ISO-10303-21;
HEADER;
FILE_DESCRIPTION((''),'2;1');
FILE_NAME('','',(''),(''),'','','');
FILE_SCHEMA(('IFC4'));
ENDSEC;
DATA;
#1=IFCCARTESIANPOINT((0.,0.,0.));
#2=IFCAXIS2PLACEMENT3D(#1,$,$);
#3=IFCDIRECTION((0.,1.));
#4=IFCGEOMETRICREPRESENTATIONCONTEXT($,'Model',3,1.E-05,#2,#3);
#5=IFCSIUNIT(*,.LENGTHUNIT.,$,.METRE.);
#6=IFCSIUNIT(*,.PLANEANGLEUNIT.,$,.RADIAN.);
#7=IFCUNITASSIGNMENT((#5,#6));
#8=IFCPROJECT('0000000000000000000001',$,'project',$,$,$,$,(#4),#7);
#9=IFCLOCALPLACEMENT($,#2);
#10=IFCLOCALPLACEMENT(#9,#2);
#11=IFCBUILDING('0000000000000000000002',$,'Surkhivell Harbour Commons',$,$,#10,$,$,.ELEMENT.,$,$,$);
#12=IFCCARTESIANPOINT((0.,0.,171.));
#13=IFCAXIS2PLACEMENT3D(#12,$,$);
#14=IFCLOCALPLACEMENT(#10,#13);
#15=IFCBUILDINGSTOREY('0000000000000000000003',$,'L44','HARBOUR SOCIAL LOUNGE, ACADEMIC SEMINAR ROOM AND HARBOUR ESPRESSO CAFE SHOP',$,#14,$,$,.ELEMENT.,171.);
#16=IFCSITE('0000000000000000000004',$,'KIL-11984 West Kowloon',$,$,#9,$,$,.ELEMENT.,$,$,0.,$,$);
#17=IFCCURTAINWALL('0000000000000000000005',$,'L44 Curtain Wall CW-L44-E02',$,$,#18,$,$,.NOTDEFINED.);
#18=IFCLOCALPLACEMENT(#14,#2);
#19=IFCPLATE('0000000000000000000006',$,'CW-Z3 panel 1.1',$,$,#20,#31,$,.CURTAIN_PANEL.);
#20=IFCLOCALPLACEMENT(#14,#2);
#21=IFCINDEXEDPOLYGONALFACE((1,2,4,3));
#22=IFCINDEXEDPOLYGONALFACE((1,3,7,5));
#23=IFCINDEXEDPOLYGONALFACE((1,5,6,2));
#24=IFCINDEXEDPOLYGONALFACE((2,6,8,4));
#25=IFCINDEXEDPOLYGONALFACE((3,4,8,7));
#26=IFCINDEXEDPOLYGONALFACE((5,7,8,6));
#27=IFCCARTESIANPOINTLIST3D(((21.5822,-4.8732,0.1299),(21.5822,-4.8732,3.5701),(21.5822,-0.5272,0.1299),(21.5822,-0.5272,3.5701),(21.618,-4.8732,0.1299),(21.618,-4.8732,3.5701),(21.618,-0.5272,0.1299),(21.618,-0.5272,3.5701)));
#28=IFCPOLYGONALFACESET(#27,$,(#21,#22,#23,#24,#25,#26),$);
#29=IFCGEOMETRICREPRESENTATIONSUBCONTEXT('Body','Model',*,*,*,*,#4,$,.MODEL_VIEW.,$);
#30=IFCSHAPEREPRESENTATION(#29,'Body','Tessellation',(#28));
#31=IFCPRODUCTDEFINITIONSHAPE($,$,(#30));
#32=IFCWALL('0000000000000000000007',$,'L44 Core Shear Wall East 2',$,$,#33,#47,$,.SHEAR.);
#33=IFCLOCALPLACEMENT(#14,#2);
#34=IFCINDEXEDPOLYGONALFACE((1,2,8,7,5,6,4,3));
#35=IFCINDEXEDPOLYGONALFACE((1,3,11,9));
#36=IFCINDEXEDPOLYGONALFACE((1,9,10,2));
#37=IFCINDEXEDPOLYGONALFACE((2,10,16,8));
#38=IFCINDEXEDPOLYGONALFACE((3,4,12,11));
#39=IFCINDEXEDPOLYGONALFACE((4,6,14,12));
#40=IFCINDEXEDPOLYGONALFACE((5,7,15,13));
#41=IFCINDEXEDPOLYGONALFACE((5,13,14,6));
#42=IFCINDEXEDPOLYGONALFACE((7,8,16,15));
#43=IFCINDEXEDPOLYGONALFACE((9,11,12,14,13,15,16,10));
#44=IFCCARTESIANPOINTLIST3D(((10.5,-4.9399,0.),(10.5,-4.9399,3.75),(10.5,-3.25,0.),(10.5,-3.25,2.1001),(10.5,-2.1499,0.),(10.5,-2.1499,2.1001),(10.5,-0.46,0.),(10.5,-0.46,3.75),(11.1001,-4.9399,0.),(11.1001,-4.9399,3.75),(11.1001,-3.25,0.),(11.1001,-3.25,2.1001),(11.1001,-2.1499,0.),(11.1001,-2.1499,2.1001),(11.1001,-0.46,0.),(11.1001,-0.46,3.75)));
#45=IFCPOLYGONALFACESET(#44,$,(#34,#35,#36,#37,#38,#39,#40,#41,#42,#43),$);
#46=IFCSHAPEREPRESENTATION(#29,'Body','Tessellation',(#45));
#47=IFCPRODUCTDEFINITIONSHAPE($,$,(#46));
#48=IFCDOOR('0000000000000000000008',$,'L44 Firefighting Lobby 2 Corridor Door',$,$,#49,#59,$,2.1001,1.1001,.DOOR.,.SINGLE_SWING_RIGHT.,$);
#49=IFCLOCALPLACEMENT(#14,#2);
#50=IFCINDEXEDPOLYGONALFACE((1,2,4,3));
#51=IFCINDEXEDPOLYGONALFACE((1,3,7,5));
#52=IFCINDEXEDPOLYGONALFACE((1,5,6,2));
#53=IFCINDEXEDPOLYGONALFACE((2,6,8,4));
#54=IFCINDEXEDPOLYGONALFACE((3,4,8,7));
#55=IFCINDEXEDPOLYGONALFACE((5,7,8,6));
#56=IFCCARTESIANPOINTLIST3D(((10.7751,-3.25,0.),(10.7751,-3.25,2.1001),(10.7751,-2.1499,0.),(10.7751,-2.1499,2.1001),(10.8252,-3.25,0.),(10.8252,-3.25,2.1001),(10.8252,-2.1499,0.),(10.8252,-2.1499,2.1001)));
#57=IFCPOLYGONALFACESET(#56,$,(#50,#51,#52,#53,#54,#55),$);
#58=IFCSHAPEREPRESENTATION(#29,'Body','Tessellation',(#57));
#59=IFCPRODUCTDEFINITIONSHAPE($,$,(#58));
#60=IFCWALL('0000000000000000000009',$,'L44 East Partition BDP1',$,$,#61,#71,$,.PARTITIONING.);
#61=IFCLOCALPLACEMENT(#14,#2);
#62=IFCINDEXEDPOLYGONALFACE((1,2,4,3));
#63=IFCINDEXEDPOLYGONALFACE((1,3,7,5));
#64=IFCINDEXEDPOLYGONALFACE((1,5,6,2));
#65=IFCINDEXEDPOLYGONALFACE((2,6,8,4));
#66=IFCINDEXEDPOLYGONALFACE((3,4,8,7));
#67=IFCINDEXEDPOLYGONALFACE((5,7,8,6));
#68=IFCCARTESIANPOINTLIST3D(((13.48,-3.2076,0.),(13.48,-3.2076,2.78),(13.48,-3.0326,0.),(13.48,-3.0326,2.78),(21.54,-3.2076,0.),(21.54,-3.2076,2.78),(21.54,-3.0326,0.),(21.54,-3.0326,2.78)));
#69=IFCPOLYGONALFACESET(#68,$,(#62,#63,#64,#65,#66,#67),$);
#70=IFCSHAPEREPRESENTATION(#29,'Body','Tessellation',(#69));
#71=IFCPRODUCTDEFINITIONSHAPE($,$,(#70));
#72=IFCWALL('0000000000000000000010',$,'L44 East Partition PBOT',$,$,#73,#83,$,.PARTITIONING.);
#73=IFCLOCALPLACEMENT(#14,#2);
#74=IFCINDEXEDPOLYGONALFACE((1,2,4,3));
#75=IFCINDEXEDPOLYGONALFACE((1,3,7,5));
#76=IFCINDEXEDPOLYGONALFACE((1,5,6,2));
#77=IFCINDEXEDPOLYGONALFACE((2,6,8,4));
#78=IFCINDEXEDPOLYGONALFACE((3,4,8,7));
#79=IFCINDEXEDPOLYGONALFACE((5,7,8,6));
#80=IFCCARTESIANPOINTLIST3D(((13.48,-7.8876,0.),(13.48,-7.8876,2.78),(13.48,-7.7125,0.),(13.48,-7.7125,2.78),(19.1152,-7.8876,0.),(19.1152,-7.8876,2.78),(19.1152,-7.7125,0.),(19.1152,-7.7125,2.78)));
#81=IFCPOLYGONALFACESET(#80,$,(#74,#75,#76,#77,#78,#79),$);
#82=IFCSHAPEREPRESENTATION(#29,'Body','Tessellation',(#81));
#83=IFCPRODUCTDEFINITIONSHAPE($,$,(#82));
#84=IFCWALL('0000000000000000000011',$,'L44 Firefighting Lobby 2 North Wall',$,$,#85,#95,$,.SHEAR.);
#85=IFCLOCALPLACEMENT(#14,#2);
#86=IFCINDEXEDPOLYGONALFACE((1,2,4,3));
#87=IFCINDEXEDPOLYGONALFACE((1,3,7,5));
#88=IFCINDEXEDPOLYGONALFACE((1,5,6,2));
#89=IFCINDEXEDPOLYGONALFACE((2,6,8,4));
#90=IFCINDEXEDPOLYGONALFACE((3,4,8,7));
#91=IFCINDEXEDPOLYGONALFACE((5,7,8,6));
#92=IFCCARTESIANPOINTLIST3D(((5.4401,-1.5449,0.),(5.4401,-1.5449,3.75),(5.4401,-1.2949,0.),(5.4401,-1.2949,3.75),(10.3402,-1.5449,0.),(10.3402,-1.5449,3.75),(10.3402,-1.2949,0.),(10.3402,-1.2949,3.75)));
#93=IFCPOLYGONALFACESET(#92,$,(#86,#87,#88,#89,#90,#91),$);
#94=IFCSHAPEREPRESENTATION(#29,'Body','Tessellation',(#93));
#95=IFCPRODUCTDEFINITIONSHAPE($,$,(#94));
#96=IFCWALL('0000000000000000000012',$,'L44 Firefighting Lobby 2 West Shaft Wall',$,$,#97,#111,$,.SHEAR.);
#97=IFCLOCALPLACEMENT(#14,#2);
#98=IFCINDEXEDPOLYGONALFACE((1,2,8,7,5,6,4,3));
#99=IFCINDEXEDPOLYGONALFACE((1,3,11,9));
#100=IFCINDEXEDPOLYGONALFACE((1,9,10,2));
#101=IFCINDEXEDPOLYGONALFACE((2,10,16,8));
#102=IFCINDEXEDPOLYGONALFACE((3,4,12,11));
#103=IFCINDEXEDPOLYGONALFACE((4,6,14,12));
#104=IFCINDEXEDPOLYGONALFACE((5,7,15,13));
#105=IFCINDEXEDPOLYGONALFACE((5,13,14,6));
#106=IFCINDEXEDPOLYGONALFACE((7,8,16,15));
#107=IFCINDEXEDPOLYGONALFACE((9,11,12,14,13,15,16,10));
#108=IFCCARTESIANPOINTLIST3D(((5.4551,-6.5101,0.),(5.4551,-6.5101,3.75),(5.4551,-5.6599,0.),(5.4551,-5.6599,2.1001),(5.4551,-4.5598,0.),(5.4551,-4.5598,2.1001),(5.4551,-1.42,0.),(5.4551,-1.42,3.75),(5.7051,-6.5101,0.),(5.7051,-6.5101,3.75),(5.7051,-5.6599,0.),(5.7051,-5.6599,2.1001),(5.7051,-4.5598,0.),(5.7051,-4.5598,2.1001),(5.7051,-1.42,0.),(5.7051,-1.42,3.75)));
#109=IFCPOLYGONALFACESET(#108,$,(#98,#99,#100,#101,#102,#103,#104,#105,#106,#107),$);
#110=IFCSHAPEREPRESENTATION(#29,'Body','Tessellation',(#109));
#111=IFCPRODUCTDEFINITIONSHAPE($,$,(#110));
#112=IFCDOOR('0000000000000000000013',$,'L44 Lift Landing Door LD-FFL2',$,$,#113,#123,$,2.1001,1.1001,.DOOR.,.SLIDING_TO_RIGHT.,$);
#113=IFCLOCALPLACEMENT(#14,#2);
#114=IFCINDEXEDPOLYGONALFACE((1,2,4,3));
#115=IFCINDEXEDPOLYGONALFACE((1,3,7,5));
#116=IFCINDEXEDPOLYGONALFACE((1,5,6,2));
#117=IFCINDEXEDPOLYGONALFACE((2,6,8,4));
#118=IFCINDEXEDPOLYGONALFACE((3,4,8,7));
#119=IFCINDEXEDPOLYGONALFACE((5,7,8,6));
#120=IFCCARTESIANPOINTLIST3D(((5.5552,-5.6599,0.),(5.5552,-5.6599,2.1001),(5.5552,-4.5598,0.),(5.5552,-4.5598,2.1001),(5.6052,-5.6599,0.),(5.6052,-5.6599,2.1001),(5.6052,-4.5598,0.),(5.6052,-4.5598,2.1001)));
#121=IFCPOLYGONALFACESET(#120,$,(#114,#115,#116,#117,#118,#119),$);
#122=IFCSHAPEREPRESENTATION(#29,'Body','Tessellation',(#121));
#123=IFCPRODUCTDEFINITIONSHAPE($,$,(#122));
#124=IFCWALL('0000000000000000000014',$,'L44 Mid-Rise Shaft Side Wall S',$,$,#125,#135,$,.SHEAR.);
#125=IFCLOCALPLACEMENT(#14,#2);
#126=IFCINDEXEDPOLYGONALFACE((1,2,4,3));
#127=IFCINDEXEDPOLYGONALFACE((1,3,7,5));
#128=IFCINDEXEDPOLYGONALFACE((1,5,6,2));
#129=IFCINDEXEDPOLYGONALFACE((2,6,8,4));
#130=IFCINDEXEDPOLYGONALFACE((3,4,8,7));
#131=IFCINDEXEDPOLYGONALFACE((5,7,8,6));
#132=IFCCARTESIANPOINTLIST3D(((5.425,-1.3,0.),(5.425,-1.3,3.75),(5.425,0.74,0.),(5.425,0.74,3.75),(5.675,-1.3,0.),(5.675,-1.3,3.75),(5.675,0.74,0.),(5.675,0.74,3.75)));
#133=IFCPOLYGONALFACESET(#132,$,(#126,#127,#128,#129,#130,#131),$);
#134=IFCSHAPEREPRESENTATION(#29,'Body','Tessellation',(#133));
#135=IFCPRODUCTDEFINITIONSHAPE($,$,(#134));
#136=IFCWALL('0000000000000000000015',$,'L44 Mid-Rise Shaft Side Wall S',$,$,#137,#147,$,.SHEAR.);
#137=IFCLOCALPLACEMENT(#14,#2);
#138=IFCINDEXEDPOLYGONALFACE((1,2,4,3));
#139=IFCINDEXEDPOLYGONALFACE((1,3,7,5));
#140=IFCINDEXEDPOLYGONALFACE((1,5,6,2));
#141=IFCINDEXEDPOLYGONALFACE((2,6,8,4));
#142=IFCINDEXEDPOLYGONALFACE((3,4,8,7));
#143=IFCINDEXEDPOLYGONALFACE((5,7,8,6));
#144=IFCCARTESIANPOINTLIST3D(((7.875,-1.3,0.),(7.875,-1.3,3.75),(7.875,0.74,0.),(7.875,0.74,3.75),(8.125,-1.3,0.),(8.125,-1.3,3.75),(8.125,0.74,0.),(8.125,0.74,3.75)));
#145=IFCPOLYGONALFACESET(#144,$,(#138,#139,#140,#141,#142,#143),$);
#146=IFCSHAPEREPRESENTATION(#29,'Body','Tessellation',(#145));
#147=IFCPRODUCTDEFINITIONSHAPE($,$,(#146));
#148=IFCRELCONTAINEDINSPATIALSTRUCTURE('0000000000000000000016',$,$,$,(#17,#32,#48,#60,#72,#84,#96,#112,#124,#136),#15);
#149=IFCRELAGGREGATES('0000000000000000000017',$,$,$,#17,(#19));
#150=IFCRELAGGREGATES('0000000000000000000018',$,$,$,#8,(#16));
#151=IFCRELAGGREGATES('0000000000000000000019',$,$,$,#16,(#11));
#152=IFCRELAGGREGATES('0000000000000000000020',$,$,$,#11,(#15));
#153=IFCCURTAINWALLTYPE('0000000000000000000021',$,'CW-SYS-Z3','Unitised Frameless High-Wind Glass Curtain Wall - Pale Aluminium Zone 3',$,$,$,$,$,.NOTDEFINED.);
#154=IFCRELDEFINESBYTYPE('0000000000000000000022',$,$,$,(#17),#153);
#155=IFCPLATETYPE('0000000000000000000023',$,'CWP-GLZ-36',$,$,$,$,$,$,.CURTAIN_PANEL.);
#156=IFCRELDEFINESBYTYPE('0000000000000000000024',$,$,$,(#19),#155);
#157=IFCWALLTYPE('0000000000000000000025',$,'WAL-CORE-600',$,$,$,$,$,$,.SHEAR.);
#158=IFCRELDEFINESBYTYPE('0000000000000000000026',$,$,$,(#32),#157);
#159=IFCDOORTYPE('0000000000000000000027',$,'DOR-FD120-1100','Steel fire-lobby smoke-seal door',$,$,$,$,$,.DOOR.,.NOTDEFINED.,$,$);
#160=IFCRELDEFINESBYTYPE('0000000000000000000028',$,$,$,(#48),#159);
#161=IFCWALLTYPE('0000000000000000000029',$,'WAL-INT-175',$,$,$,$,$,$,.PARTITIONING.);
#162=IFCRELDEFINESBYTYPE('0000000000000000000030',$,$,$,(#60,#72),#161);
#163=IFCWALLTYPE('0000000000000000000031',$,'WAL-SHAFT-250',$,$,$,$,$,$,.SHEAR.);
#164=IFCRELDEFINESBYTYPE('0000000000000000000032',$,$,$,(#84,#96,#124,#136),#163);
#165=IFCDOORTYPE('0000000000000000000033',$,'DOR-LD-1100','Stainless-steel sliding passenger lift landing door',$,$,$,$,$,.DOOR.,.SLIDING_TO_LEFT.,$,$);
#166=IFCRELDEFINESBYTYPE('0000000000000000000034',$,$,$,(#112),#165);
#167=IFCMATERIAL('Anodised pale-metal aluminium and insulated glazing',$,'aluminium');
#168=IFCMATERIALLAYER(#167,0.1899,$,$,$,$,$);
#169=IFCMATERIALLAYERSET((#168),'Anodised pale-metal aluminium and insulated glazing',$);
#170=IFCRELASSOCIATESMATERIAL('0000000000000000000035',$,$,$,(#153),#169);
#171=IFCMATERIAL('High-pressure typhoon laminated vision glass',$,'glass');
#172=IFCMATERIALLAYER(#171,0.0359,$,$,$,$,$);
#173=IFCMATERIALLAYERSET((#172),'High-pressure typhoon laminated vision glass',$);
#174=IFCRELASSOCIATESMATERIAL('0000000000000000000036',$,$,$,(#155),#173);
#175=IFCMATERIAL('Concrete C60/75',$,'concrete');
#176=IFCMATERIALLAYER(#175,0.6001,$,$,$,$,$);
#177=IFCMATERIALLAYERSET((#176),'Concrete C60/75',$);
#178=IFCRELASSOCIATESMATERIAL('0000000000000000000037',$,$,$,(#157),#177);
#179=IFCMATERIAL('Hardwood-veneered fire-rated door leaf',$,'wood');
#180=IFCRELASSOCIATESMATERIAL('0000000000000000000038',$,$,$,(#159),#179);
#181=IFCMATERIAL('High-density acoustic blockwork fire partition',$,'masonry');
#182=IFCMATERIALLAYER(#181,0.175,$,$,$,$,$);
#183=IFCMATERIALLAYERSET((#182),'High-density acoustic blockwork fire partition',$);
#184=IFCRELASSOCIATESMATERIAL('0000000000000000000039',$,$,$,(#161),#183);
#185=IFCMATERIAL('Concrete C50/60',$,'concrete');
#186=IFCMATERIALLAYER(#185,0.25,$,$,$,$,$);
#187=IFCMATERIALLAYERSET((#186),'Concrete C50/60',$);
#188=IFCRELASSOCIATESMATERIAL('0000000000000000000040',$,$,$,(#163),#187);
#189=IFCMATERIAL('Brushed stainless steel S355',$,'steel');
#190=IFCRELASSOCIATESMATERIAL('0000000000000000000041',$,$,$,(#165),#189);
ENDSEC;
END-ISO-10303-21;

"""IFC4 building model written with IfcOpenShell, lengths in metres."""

from ifc_helpers import new_model, si_unit, direction, frame, frame_2d, origin, place, context, subcontext, project, spatial, rectangle, extrude, material, layer, layer_set, type_object, element, fill, aggregate, save


model = new_model("IFC4")

# Units and contexts
model_context = context("Model", 3, precision=1e-05, world=origin(), true_north=direction((0.0, 1.0)))
body_context = subcontext(model_context, "Body", "Model", "MODEL_VIEW")
ifc_project = project(units=[si_unit("LENGTHUNIT", "METRE"), si_unit("PLANEANGLEUNIT", "RADIAN")], contexts=[model_context])

# Site, building, storey
site_placement = place(None, origin())
site = spatial("IfcSite", under=ifc_project, at=site_placement, Name="KIL-11984 West Kowloon", CompositionType="ELEMENT", RefElevation=0.0)
building_placement = place(site_placement, origin())
building = spatial("IfcBuilding", under=site, at=building_placement, Name="Surkhivell Harbour Commons", CompositionType="ELEMENT")
storey_placement = place(building_placement, frame((0.0, 0.0, 171.0)))
storey = spatial("IfcBuildingStorey", under=building, at=storey_placement, Name="L44", Description="HARBOUR SOCIAL LOUNGE, ACADEMIC SEMINAR ROOM AND HARBOUR ESPRESSO CAFE SHOP", CompositionType="ELEMENT", Elevation=171.0)

# Shared definitions
ifc_material_1 = material(Name="Concrete C60/75", Category="concrete")

# Shared definitions
ifc_material_2 = material(Name="Anodised pale-metal aluminium and insulated glazing", Category="aluminium")
ifc_layer_1 = layer(ifc_material_2, 0.1899)
ifc_layer_set_1 = layer_set([ifc_layer_1], Name="Anodised pale-metal aluminium and insulated glazing")
curtain_wall_type = type_object("IfcCurtainWallType", Name="CW-SYS-Z3", Description="Unitised Frameless High-Wind Glass Curtain Wall - Pale Aluminium Zone 3", PredefinedType="NOTDEFINED", material=ifc_layer_set_1)

# Curtain wall, plate
curtain_wall_1_placement = place(storey_placement, origin())
curtain_wall_1 = element("IfcCurtainWall", 1, at=curtain_wall_1_placement, inside=storey, type_object=curtain_wall_type, Name="L44 Curtain Wall CW-L44-E02", PredefinedType="NOTDEFINED")
ifc_material_3 = material(Name="High-pressure typhoon laminated vision glass", Category="glass")
ifc_layer_2 = layer(ifc_material_3, 0.0359)
ifc_layer_set_2 = layer_set([ifc_layer_2], Name="High-pressure typhoon laminated vision glass")
plate_type = type_object("IfcPlateType", Name="CWP-GLZ-36", PredefinedType="CURTAIN_PANEL", material=ifc_layer_set_2)
plate_placement = place(storey_placement, frame((21.6001, -4.873, 0.1299), z_axis=(0.0, 0.0, 1.0), x_axis=(0.0, 1.0, 0.0)))
plate = element("IfcPlate", 2, at=plate_placement, type_object=plate_type, Name="CW-Z3 panel 1.1", PredefinedType="CURTAIN_PANEL", context=body_context, shape_type="SweptSolid", body=[
    extrude(rectangle(XDim=4.3459, YDim=0.0359, at=frame_2d((2.1729, 0.0))), origin(), (0.0, 0.0, 1.0), 3.4402),
])
aggregate(curtain_wall_1, [plate])

# Wall, opening, door
ifc_layer_3 = layer(ifc_material_1, 0.6001)
ifc_layer_set_3 = layer_set([ifc_layer_3], Name="Concrete C60/75")
wall_type_1 = type_object("IfcWallType", Name="WAL-CORE-600", PredefinedType="SHEAR", material=ifc_layer_set_3)
wall_1_placement = place(storey_placement, frame((10.8, -4.9399, 0.0), z_axis=(0.0, 0.0, 1.0), x_axis=(0.0, 1.0, 0.0)))
wall_1 = element("IfcWall", 3, at=wall_1_placement, inside=storey, type_object=wall_type_1, Name="L44 Core Shear Wall East 2", PredefinedType="SHEAR", context=body_context, shape_type="SweptSolid", body=[
    extrude(rectangle(XDim=4.48, YDim=0.6001, at=frame_2d((2.24, 0.0))), origin(), (0.0, 0.0, 1.0), 3.75),
])
opening_1_placement = place(wall_1_placement, frame((1.6899, 0.0, 0.0)))
opening_1 = element("IfcOpeningElement", 4, at=opening_1_placement, cuts=wall_1, PredefinedType="OPENING", context=body_context, shape_type="SweptSolid", body=[
    extrude(rectangle(XDim=1.1001, YDim=2.1001, at=frame_2d((0.55, 1.05))), frame((0.0, 0.3101, 0.0), z_axis=(0.0, -1.0, 0.0), x_axis=(1.0, 0.0, 0.0)), (0.0, 0.0, 1.0), 0.6201),
])
ifc_material_4 = material(Name="Hardwood-veneered fire-rated door leaf", Category="wood")
door_type_1 = type_object("IfcDoorType", Name="DOR-FD120-1100", Description="Steel fire-lobby smoke-seal door", OperationType="NOTDEFINED", PredefinedType="DOOR", material=ifc_material_4)
door_1_placement = place(opening_1_placement, origin())
door_1 = element("IfcDoor", 5, at=door_1_placement, inside=storey, type_object=door_type_1, Name="L44 Firefighting Lobby 2 Corridor Door", OperationType="SINGLE_SWING_RIGHT", OverallHeight=2.1001, OverallWidth=1.1001, PredefinedType="DOOR", context=body_context, shape_type="SweptSolid", body=[
    extrude(rectangle(XDim=1.1001, YDim=2.1001, at=frame_2d((0.55, 1.05))), frame((0.0, 0.0249, 0.0), z_axis=(0.0, -1.0, 0.0), x_axis=(1.0, 0.0, 0.0)), (0.0, 0.0, 1.0), 0.05),
])
fill(opening_1, door_1)

# Walls
ifc_material_5 = material(Name="High-density acoustic blockwork fire partition", Category="masonry")
ifc_layer_4 = layer(ifc_material_5, 0.175)
ifc_layer_set_4 = layer_set([ifc_layer_4], Name="High-density acoustic blockwork fire partition")
wall_type_2 = type_object("IfcWallType", Name="WAL-INT-175", PredefinedType="PARTITIONING", material=ifc_layer_set_4)
wall_2_placement = place(storey_placement, frame((13.48, -3.1201, 0.0), z_axis=(0.0, 0.0, 1.0), x_axis=(1.0, 0.0, 0.0)))
element("IfcWall", 6, at=wall_2_placement, inside=storey, type_object=wall_type_2, Name="L44 East Partition BDP1", PredefinedType="PARTITIONING", context=body_context, shape_type="SweptSolid", body=[
    extrude(rectangle(XDim=8.0601, YDim=0.175, at=frame_2d((4.03, 0.0))), origin(), (0.0, 0.0, 1.0), 2.78),
])
wall_3_placement = place(storey_placement, frame((13.48, -7.8, 0.0), z_axis=(0.0, 0.0, 1.0), x_axis=(1.0, 0.0, 0.0)))
element("IfcWall", 7, at=wall_3_placement, inside=storey, type_object=wall_type_2, Name="L44 East Partition PBOT", PredefinedType="PARTITIONING", context=body_context, shape_type="SweptSolid", body=[
    extrude(rectangle(XDim=5.6353, YDim=0.175, at=frame_2d((2.8176, 0.0))), origin(), (0.0, 0.0, 1.0), 2.78),
])
ifc_material_6 = material(Name="Concrete C50/60", Category="concrete")
ifc_layer_5 = layer(ifc_material_6, 0.25)
ifc_layer_set_5 = layer_set([ifc_layer_5], Name="Concrete C50/60")
wall_type_3 = type_object("IfcWallType", Name="WAL-SHAFT-250", PredefinedType="SHEAR", material=ifc_layer_set_5)
wall_4_placement = place(storey_placement, frame((5.4399, -1.4199, 0.0), z_axis=(0.0, 0.0, 1.0), x_axis=(1.0, 0.0, 0.0)))
element("IfcWall", 8, at=wall_4_placement, inside=storey, type_object=wall_type_3, Name="L44 Firefighting Lobby 2 North Wall", PredefinedType="SHEAR", context=body_context, shape_type="SweptSolid", body=[
    extrude(rectangle(XDim=4.9001, YDim=0.25, at=frame_2d((2.4502, 0.0))), origin(), (0.0, 0.0, 1.0), 3.75),
])

# Wall, opening, door
wall_5_placement = place(storey_placement, frame((5.5801, -6.51, 0.0), z_axis=(0.0, 0.0, 1.0), x_axis=(0.0, 1.0, 0.0)))
wall_5 = element("IfcWall", 9, at=wall_5_placement, inside=storey, type_object=wall_type_3, Name="L44 Firefighting Lobby 2 West Shaft Wall", PredefinedType="SHEAR", context=body_context, shape_type="SweptSolid", body=[
    extrude(rectangle(XDim=5.0901, YDim=0.25, at=frame_2d((2.5449, 0.0))), origin(), (0.0, 0.0, 1.0), 3.75),
])
opening_2_placement = place(wall_5_placement, frame((0.8501, 0.0, 0.0)))
opening_2 = element("IfcOpeningElement", 10, at=opening_2_placement, cuts=wall_5, PredefinedType="OPENING", context=body_context, shape_type="SweptSolid", body=[
    extrude(rectangle(XDim=1.1001, YDim=2.1001, at=frame_2d((0.55, 1.05))), frame((0.0, 0.135, 0.0), z_axis=(0.0, -1.0, 0.0), x_axis=(1.0, 0.0, 0.0)), (0.0, 0.0, 1.0), 0.27),
])
ifc_material_7 = material(Name="Brushed stainless steel S355", Category="steel")
door_type_2 = type_object("IfcDoorType", Name="DOR-LD-1100", Description="Stainless-steel sliding passenger lift landing door", OperationType="SLIDING_TO_LEFT", PredefinedType="DOOR", material=ifc_material_7)
door_2_placement = place(opening_2_placement, origin())
door_2 = element("IfcDoor", 11, at=door_2_placement, inside=storey, type_object=door_type_2, Name="L44 Lift Landing Door LD-FFL2", OperationType="SLIDING_TO_RIGHT", OverallHeight=2.1001, OverallWidth=1.1001, PredefinedType="DOOR", context=body_context, shape_type="SweptSolid", body=[
    extrude(rectangle(XDim=1.1001, YDim=2.1001, at=frame_2d((0.55, 1.05))), frame((0.0, 0.0249, 0.0), z_axis=(0.0, -1.0, 0.0), x_axis=(1.0, 0.0, 0.0)), (0.0, 0.0, 1.0), 0.05),
])
fill(opening_2, door_2)

# Walls
for number, where, z_axis, x_axis, name in (
    (12, (5.55, -1.3, 0.0), (0.0, 0.0, 1.0), (0.0, 1.0, 0.0), "L44 Mid-Rise Shaft Side Wall S"),
    (13, (8.0, -1.3, 0.0), (0.0, 0.0, 1.0), (0.0, 1.0, 0.0), "L44 Mid-Rise Shaft Side Wall S"),
):
    element("IfcWall", number, at=place(storey_placement, frame(where, z_axis=z_axis, x_axis=x_axis)), inside=storey, type_object=wall_type_3, Name=name, PredefinedType="SHEAR", context=body_context, shape_type="SweptSolid", body=[
        extrude(rectangle(XDim=2.04, YDim=0.25, at=frame_2d((1.02, 0.0))), origin(), (0.0, 0.0, 1.0), 3.75),
    ])

save(model, "model.ifc")
